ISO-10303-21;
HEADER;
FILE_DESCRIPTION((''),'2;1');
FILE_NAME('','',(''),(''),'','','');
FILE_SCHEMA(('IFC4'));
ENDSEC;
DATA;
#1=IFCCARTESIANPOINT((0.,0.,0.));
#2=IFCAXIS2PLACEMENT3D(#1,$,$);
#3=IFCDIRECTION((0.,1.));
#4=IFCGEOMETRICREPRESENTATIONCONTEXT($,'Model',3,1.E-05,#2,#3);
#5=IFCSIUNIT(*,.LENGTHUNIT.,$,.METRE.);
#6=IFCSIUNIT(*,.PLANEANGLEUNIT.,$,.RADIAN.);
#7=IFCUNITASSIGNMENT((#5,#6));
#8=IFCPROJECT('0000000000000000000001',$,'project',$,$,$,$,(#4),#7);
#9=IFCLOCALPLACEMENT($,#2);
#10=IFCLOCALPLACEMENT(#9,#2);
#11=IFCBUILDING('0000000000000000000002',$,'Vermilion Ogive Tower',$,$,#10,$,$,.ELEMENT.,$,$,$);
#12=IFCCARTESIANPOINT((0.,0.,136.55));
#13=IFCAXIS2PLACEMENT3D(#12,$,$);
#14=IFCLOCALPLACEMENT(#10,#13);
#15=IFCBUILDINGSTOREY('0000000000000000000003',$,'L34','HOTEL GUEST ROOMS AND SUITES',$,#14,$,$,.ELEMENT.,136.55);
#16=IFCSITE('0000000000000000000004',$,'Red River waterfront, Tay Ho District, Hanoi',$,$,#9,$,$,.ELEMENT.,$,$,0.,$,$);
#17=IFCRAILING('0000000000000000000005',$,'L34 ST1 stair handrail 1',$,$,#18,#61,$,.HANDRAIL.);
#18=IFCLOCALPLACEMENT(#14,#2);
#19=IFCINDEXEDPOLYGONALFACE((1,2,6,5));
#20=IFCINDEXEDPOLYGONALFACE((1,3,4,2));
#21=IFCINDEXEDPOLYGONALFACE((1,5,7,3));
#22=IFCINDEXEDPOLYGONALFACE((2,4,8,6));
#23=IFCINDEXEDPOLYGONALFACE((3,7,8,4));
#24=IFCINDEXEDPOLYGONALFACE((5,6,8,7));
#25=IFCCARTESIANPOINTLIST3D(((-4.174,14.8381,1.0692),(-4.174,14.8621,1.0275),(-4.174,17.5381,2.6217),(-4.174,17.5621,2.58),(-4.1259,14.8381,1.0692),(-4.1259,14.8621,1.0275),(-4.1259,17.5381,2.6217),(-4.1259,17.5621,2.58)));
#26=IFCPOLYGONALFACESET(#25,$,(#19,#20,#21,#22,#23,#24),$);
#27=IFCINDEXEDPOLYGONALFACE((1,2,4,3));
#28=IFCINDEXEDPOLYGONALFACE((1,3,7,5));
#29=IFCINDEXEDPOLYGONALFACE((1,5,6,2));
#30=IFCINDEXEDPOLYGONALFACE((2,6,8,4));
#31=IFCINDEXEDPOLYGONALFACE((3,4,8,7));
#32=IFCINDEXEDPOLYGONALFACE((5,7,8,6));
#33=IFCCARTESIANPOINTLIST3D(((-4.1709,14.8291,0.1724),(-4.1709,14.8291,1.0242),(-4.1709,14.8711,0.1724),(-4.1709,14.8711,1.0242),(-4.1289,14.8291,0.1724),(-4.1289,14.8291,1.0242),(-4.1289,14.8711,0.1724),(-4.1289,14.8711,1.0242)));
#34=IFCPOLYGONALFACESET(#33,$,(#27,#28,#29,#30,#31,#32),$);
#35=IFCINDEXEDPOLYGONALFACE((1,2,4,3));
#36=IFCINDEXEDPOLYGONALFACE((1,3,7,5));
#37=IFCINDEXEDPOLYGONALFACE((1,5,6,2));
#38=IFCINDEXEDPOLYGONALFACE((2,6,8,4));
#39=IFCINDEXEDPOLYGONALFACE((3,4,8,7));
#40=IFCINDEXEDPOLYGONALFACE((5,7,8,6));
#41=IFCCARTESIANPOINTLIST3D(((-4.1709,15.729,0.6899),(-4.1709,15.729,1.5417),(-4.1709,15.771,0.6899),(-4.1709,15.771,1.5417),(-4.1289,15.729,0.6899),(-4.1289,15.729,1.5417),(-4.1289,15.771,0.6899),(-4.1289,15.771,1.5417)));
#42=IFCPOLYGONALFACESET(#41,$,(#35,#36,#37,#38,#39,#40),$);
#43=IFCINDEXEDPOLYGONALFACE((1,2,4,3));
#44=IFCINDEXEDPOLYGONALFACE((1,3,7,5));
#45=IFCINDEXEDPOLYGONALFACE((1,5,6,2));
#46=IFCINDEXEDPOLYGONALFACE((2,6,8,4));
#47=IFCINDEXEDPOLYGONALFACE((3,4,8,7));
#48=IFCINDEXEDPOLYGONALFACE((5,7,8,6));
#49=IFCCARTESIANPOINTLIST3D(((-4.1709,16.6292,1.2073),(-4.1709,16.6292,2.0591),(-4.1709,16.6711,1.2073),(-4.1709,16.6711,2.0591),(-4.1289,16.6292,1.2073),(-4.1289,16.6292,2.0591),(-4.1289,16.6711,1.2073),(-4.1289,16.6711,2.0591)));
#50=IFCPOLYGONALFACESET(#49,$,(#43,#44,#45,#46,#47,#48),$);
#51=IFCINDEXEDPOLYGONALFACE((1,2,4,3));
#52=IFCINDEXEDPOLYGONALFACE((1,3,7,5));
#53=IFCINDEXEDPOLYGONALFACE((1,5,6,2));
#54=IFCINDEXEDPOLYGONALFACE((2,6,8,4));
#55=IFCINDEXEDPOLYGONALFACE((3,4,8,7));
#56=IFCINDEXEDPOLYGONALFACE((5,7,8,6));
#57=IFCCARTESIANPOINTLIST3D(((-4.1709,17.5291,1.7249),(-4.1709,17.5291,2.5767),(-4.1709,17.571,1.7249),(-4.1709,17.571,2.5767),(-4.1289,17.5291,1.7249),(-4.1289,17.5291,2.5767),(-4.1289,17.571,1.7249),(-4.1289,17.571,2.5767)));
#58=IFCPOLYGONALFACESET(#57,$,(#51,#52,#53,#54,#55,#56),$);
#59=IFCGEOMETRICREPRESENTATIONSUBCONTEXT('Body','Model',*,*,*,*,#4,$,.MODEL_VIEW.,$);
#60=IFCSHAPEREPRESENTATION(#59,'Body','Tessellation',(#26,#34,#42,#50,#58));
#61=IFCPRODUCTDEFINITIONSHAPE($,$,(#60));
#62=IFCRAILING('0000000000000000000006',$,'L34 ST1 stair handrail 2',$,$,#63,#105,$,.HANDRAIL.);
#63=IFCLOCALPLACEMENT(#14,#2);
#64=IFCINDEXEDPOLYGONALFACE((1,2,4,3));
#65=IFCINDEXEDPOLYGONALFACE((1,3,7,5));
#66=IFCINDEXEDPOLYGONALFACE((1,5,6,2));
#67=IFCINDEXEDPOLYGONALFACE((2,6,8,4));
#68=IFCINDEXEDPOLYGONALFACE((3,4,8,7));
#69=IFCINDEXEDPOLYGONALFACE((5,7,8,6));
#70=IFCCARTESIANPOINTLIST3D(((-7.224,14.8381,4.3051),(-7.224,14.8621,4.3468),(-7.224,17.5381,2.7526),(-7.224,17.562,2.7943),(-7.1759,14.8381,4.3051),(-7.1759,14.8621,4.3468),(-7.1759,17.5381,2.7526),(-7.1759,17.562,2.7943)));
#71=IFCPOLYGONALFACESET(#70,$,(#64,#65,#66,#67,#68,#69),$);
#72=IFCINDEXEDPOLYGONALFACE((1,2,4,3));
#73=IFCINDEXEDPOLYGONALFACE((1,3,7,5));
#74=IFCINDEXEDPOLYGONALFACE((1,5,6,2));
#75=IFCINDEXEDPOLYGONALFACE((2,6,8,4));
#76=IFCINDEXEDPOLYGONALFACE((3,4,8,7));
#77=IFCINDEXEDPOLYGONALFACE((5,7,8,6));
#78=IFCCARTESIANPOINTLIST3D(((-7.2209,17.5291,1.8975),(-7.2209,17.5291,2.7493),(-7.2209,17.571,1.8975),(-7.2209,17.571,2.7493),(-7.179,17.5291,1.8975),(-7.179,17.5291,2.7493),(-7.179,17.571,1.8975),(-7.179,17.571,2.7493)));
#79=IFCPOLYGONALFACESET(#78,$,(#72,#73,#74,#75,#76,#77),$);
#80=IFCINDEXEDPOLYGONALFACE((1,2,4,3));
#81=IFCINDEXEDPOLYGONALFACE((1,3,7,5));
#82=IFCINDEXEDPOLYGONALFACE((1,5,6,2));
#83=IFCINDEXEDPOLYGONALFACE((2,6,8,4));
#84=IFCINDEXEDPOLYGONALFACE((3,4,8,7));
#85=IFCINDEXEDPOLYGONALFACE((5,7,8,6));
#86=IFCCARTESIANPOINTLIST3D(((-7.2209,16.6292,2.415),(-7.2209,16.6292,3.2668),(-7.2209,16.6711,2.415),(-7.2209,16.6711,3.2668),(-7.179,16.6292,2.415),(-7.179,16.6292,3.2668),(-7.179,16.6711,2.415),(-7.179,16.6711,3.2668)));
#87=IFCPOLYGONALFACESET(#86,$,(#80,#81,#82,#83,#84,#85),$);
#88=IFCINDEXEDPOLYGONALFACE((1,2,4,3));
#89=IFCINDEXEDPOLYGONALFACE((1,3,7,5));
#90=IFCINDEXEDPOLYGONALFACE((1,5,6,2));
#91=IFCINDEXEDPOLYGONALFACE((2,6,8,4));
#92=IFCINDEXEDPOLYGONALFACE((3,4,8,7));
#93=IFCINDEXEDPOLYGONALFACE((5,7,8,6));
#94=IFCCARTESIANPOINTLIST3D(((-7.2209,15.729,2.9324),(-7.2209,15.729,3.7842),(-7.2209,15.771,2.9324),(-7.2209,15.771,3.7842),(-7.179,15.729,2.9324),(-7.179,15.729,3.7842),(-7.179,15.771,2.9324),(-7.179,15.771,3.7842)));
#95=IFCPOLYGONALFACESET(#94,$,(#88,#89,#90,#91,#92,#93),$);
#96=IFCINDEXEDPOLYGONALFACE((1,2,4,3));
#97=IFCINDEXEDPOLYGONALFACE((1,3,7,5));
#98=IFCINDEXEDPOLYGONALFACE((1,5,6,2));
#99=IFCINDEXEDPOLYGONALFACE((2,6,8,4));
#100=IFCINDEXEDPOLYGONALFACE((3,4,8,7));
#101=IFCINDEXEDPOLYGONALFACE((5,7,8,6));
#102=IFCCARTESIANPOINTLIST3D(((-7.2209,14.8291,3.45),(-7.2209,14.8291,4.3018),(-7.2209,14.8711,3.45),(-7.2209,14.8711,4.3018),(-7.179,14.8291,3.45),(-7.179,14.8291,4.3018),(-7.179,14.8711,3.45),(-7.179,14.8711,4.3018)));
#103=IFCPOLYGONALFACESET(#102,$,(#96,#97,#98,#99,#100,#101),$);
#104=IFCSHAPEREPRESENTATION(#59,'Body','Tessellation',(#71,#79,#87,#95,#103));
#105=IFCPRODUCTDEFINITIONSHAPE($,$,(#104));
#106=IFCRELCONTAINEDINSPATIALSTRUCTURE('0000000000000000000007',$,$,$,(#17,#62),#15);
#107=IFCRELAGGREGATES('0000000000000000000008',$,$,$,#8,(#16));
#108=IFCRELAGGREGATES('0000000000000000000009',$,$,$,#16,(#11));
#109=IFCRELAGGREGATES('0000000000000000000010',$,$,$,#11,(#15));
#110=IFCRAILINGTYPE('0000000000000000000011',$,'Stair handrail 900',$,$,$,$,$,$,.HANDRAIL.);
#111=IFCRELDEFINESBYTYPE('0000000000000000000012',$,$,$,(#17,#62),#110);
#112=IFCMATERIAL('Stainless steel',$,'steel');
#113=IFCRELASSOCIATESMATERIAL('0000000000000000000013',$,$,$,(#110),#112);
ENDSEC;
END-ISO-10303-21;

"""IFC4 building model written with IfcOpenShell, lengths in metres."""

from ifc_helpers import new_model, si_unit, direction, frame, origin, origin_2d, place, context, subcontext, project, spatial, rectangle, extrude, material, type_object, element, save


model = new_model("IFC4")

# Units and contexts
model_context = context("Model", 3, precision=1e-05, world=origin(), true_north=direction((0.0, 1.0)))
body_context = subcontext(model_context, "Body", "Model", "MODEL_VIEW")
ifc_project = project(units=[si_unit("LENGTHUNIT", "METRE"), si_unit("PLANEANGLEUNIT", "RADIAN")], contexts=[model_context])

# Site, building, storey
site_placement = place(None, origin())
site = spatial("IfcSite", under=ifc_project, at=site_placement, Name="Red River waterfront, Tay Ho District, Hanoi", CompositionType="ELEMENT", RefElevation=0.0)
building_placement = place(site_placement, origin())
building = spatial("IfcBuilding", under=site, at=building_placement, Name="Vermilion Ogive Tower", CompositionType="ELEMENT")
storey_placement = place(building_placement, frame((0.0, 0.0, 136.55)))
storey = spatial("IfcBuildingStorey", under=building, at=storey_placement, Name="L34", Description="HOTEL GUEST ROOMS AND SUITES", CompositionType="ELEMENT", Elevation=136.55)

# Railings
ifc_material_1 = material(Name="Stainless steel", Category="steel")
railing_type_1 = type_object("IfcRailingType", Name="Stair handrail 900", PredefinedType="HANDRAIL", material=ifc_material_1)
railing_1_placement = place(storey_placement, frame((-4.1499, 14.8501, 0.1724)))
element("IfcRailing", 1, at=railing_1_placement, inside=storey, type_object=railing_type_1, Name="L34 ST1 stair handrail 1", PredefinedType="HANDRAIL", context=body_context, shape_type="SweptSolid", body=[
    extrude(rectangle(XDim=0.0481, YDim=0.0481, at=origin_2d()), frame((0.0, 0.0, 0.876), z_axis=(0.0, 0.866904, 0.498476), x_axis=(-1.0, 0.0, 0.0)), (0.0, 0.0, 1.0), 3.1145),
    extrude(rectangle(XDim=0.042, YDim=0.042, at=origin_2d()), origin(), (0.0, 0.0, 1.0), 0.8518),
    extrude(rectangle(XDim=0.042, YDim=0.042, at=origin_2d()), frame((0.0, 0.8999, 0.5176)), (0.0, 0.0, 1.0), 0.8518),
    extrude(rectangle(XDim=0.042, YDim=0.042, at=origin_2d()), frame((0.0, 1.8, 1.0349)), (0.0, 0.0, 1.0), 0.8518),
    extrude(rectangle(XDim=0.042, YDim=0.042, at=origin_2d()), frame((0.0, 2.7, 1.5525)), (0.0, 0.0, 1.0), 0.8518),
])
railing_2_placement = place(storey_placement, frame((-7.2, 17.55, 1.8975)))
element("IfcRailing", 2, at=railing_2_placement, inside=storey, type_object=railing_type_1, Name="L34 ST1 stair handrail 2", PredefinedType="HANDRAIL", context=body_context, shape_type="SweptSolid", body=[
    extrude(rectangle(XDim=0.0481, YDim=0.0481, at=origin_2d()), frame((0.0, 0.0, 0.876), z_axis=(0.0, -0.866904, 0.498476), x_axis=(1.0, 0.0, 0.0)), (0.0, 0.0, 1.0), 3.1145),
    extrude(rectangle(XDim=0.042, YDim=0.042, at=origin_2d()), origin(), (0.0, 0.0, 1.0), 0.8518),
    extrude(rectangle(XDim=0.042, YDim=0.042, at=origin_2d()), frame((0.0, -0.8999, 0.5176)), (0.0, 0.0, 1.0), 0.8518),
    extrude(rectangle(XDim=0.042, YDim=0.042, at=origin_2d()), frame((0.0, -1.8, 1.0349)), (0.0, 0.0, 1.0), 0.8518),
    extrude(rectangle(XDim=0.042, YDim=0.042, at=origin_2d()), frame((0.0, -2.7, 1.5525)), (0.0, 0.0, 1.0), 0.8518),
])

save(model, "model.ifc")
